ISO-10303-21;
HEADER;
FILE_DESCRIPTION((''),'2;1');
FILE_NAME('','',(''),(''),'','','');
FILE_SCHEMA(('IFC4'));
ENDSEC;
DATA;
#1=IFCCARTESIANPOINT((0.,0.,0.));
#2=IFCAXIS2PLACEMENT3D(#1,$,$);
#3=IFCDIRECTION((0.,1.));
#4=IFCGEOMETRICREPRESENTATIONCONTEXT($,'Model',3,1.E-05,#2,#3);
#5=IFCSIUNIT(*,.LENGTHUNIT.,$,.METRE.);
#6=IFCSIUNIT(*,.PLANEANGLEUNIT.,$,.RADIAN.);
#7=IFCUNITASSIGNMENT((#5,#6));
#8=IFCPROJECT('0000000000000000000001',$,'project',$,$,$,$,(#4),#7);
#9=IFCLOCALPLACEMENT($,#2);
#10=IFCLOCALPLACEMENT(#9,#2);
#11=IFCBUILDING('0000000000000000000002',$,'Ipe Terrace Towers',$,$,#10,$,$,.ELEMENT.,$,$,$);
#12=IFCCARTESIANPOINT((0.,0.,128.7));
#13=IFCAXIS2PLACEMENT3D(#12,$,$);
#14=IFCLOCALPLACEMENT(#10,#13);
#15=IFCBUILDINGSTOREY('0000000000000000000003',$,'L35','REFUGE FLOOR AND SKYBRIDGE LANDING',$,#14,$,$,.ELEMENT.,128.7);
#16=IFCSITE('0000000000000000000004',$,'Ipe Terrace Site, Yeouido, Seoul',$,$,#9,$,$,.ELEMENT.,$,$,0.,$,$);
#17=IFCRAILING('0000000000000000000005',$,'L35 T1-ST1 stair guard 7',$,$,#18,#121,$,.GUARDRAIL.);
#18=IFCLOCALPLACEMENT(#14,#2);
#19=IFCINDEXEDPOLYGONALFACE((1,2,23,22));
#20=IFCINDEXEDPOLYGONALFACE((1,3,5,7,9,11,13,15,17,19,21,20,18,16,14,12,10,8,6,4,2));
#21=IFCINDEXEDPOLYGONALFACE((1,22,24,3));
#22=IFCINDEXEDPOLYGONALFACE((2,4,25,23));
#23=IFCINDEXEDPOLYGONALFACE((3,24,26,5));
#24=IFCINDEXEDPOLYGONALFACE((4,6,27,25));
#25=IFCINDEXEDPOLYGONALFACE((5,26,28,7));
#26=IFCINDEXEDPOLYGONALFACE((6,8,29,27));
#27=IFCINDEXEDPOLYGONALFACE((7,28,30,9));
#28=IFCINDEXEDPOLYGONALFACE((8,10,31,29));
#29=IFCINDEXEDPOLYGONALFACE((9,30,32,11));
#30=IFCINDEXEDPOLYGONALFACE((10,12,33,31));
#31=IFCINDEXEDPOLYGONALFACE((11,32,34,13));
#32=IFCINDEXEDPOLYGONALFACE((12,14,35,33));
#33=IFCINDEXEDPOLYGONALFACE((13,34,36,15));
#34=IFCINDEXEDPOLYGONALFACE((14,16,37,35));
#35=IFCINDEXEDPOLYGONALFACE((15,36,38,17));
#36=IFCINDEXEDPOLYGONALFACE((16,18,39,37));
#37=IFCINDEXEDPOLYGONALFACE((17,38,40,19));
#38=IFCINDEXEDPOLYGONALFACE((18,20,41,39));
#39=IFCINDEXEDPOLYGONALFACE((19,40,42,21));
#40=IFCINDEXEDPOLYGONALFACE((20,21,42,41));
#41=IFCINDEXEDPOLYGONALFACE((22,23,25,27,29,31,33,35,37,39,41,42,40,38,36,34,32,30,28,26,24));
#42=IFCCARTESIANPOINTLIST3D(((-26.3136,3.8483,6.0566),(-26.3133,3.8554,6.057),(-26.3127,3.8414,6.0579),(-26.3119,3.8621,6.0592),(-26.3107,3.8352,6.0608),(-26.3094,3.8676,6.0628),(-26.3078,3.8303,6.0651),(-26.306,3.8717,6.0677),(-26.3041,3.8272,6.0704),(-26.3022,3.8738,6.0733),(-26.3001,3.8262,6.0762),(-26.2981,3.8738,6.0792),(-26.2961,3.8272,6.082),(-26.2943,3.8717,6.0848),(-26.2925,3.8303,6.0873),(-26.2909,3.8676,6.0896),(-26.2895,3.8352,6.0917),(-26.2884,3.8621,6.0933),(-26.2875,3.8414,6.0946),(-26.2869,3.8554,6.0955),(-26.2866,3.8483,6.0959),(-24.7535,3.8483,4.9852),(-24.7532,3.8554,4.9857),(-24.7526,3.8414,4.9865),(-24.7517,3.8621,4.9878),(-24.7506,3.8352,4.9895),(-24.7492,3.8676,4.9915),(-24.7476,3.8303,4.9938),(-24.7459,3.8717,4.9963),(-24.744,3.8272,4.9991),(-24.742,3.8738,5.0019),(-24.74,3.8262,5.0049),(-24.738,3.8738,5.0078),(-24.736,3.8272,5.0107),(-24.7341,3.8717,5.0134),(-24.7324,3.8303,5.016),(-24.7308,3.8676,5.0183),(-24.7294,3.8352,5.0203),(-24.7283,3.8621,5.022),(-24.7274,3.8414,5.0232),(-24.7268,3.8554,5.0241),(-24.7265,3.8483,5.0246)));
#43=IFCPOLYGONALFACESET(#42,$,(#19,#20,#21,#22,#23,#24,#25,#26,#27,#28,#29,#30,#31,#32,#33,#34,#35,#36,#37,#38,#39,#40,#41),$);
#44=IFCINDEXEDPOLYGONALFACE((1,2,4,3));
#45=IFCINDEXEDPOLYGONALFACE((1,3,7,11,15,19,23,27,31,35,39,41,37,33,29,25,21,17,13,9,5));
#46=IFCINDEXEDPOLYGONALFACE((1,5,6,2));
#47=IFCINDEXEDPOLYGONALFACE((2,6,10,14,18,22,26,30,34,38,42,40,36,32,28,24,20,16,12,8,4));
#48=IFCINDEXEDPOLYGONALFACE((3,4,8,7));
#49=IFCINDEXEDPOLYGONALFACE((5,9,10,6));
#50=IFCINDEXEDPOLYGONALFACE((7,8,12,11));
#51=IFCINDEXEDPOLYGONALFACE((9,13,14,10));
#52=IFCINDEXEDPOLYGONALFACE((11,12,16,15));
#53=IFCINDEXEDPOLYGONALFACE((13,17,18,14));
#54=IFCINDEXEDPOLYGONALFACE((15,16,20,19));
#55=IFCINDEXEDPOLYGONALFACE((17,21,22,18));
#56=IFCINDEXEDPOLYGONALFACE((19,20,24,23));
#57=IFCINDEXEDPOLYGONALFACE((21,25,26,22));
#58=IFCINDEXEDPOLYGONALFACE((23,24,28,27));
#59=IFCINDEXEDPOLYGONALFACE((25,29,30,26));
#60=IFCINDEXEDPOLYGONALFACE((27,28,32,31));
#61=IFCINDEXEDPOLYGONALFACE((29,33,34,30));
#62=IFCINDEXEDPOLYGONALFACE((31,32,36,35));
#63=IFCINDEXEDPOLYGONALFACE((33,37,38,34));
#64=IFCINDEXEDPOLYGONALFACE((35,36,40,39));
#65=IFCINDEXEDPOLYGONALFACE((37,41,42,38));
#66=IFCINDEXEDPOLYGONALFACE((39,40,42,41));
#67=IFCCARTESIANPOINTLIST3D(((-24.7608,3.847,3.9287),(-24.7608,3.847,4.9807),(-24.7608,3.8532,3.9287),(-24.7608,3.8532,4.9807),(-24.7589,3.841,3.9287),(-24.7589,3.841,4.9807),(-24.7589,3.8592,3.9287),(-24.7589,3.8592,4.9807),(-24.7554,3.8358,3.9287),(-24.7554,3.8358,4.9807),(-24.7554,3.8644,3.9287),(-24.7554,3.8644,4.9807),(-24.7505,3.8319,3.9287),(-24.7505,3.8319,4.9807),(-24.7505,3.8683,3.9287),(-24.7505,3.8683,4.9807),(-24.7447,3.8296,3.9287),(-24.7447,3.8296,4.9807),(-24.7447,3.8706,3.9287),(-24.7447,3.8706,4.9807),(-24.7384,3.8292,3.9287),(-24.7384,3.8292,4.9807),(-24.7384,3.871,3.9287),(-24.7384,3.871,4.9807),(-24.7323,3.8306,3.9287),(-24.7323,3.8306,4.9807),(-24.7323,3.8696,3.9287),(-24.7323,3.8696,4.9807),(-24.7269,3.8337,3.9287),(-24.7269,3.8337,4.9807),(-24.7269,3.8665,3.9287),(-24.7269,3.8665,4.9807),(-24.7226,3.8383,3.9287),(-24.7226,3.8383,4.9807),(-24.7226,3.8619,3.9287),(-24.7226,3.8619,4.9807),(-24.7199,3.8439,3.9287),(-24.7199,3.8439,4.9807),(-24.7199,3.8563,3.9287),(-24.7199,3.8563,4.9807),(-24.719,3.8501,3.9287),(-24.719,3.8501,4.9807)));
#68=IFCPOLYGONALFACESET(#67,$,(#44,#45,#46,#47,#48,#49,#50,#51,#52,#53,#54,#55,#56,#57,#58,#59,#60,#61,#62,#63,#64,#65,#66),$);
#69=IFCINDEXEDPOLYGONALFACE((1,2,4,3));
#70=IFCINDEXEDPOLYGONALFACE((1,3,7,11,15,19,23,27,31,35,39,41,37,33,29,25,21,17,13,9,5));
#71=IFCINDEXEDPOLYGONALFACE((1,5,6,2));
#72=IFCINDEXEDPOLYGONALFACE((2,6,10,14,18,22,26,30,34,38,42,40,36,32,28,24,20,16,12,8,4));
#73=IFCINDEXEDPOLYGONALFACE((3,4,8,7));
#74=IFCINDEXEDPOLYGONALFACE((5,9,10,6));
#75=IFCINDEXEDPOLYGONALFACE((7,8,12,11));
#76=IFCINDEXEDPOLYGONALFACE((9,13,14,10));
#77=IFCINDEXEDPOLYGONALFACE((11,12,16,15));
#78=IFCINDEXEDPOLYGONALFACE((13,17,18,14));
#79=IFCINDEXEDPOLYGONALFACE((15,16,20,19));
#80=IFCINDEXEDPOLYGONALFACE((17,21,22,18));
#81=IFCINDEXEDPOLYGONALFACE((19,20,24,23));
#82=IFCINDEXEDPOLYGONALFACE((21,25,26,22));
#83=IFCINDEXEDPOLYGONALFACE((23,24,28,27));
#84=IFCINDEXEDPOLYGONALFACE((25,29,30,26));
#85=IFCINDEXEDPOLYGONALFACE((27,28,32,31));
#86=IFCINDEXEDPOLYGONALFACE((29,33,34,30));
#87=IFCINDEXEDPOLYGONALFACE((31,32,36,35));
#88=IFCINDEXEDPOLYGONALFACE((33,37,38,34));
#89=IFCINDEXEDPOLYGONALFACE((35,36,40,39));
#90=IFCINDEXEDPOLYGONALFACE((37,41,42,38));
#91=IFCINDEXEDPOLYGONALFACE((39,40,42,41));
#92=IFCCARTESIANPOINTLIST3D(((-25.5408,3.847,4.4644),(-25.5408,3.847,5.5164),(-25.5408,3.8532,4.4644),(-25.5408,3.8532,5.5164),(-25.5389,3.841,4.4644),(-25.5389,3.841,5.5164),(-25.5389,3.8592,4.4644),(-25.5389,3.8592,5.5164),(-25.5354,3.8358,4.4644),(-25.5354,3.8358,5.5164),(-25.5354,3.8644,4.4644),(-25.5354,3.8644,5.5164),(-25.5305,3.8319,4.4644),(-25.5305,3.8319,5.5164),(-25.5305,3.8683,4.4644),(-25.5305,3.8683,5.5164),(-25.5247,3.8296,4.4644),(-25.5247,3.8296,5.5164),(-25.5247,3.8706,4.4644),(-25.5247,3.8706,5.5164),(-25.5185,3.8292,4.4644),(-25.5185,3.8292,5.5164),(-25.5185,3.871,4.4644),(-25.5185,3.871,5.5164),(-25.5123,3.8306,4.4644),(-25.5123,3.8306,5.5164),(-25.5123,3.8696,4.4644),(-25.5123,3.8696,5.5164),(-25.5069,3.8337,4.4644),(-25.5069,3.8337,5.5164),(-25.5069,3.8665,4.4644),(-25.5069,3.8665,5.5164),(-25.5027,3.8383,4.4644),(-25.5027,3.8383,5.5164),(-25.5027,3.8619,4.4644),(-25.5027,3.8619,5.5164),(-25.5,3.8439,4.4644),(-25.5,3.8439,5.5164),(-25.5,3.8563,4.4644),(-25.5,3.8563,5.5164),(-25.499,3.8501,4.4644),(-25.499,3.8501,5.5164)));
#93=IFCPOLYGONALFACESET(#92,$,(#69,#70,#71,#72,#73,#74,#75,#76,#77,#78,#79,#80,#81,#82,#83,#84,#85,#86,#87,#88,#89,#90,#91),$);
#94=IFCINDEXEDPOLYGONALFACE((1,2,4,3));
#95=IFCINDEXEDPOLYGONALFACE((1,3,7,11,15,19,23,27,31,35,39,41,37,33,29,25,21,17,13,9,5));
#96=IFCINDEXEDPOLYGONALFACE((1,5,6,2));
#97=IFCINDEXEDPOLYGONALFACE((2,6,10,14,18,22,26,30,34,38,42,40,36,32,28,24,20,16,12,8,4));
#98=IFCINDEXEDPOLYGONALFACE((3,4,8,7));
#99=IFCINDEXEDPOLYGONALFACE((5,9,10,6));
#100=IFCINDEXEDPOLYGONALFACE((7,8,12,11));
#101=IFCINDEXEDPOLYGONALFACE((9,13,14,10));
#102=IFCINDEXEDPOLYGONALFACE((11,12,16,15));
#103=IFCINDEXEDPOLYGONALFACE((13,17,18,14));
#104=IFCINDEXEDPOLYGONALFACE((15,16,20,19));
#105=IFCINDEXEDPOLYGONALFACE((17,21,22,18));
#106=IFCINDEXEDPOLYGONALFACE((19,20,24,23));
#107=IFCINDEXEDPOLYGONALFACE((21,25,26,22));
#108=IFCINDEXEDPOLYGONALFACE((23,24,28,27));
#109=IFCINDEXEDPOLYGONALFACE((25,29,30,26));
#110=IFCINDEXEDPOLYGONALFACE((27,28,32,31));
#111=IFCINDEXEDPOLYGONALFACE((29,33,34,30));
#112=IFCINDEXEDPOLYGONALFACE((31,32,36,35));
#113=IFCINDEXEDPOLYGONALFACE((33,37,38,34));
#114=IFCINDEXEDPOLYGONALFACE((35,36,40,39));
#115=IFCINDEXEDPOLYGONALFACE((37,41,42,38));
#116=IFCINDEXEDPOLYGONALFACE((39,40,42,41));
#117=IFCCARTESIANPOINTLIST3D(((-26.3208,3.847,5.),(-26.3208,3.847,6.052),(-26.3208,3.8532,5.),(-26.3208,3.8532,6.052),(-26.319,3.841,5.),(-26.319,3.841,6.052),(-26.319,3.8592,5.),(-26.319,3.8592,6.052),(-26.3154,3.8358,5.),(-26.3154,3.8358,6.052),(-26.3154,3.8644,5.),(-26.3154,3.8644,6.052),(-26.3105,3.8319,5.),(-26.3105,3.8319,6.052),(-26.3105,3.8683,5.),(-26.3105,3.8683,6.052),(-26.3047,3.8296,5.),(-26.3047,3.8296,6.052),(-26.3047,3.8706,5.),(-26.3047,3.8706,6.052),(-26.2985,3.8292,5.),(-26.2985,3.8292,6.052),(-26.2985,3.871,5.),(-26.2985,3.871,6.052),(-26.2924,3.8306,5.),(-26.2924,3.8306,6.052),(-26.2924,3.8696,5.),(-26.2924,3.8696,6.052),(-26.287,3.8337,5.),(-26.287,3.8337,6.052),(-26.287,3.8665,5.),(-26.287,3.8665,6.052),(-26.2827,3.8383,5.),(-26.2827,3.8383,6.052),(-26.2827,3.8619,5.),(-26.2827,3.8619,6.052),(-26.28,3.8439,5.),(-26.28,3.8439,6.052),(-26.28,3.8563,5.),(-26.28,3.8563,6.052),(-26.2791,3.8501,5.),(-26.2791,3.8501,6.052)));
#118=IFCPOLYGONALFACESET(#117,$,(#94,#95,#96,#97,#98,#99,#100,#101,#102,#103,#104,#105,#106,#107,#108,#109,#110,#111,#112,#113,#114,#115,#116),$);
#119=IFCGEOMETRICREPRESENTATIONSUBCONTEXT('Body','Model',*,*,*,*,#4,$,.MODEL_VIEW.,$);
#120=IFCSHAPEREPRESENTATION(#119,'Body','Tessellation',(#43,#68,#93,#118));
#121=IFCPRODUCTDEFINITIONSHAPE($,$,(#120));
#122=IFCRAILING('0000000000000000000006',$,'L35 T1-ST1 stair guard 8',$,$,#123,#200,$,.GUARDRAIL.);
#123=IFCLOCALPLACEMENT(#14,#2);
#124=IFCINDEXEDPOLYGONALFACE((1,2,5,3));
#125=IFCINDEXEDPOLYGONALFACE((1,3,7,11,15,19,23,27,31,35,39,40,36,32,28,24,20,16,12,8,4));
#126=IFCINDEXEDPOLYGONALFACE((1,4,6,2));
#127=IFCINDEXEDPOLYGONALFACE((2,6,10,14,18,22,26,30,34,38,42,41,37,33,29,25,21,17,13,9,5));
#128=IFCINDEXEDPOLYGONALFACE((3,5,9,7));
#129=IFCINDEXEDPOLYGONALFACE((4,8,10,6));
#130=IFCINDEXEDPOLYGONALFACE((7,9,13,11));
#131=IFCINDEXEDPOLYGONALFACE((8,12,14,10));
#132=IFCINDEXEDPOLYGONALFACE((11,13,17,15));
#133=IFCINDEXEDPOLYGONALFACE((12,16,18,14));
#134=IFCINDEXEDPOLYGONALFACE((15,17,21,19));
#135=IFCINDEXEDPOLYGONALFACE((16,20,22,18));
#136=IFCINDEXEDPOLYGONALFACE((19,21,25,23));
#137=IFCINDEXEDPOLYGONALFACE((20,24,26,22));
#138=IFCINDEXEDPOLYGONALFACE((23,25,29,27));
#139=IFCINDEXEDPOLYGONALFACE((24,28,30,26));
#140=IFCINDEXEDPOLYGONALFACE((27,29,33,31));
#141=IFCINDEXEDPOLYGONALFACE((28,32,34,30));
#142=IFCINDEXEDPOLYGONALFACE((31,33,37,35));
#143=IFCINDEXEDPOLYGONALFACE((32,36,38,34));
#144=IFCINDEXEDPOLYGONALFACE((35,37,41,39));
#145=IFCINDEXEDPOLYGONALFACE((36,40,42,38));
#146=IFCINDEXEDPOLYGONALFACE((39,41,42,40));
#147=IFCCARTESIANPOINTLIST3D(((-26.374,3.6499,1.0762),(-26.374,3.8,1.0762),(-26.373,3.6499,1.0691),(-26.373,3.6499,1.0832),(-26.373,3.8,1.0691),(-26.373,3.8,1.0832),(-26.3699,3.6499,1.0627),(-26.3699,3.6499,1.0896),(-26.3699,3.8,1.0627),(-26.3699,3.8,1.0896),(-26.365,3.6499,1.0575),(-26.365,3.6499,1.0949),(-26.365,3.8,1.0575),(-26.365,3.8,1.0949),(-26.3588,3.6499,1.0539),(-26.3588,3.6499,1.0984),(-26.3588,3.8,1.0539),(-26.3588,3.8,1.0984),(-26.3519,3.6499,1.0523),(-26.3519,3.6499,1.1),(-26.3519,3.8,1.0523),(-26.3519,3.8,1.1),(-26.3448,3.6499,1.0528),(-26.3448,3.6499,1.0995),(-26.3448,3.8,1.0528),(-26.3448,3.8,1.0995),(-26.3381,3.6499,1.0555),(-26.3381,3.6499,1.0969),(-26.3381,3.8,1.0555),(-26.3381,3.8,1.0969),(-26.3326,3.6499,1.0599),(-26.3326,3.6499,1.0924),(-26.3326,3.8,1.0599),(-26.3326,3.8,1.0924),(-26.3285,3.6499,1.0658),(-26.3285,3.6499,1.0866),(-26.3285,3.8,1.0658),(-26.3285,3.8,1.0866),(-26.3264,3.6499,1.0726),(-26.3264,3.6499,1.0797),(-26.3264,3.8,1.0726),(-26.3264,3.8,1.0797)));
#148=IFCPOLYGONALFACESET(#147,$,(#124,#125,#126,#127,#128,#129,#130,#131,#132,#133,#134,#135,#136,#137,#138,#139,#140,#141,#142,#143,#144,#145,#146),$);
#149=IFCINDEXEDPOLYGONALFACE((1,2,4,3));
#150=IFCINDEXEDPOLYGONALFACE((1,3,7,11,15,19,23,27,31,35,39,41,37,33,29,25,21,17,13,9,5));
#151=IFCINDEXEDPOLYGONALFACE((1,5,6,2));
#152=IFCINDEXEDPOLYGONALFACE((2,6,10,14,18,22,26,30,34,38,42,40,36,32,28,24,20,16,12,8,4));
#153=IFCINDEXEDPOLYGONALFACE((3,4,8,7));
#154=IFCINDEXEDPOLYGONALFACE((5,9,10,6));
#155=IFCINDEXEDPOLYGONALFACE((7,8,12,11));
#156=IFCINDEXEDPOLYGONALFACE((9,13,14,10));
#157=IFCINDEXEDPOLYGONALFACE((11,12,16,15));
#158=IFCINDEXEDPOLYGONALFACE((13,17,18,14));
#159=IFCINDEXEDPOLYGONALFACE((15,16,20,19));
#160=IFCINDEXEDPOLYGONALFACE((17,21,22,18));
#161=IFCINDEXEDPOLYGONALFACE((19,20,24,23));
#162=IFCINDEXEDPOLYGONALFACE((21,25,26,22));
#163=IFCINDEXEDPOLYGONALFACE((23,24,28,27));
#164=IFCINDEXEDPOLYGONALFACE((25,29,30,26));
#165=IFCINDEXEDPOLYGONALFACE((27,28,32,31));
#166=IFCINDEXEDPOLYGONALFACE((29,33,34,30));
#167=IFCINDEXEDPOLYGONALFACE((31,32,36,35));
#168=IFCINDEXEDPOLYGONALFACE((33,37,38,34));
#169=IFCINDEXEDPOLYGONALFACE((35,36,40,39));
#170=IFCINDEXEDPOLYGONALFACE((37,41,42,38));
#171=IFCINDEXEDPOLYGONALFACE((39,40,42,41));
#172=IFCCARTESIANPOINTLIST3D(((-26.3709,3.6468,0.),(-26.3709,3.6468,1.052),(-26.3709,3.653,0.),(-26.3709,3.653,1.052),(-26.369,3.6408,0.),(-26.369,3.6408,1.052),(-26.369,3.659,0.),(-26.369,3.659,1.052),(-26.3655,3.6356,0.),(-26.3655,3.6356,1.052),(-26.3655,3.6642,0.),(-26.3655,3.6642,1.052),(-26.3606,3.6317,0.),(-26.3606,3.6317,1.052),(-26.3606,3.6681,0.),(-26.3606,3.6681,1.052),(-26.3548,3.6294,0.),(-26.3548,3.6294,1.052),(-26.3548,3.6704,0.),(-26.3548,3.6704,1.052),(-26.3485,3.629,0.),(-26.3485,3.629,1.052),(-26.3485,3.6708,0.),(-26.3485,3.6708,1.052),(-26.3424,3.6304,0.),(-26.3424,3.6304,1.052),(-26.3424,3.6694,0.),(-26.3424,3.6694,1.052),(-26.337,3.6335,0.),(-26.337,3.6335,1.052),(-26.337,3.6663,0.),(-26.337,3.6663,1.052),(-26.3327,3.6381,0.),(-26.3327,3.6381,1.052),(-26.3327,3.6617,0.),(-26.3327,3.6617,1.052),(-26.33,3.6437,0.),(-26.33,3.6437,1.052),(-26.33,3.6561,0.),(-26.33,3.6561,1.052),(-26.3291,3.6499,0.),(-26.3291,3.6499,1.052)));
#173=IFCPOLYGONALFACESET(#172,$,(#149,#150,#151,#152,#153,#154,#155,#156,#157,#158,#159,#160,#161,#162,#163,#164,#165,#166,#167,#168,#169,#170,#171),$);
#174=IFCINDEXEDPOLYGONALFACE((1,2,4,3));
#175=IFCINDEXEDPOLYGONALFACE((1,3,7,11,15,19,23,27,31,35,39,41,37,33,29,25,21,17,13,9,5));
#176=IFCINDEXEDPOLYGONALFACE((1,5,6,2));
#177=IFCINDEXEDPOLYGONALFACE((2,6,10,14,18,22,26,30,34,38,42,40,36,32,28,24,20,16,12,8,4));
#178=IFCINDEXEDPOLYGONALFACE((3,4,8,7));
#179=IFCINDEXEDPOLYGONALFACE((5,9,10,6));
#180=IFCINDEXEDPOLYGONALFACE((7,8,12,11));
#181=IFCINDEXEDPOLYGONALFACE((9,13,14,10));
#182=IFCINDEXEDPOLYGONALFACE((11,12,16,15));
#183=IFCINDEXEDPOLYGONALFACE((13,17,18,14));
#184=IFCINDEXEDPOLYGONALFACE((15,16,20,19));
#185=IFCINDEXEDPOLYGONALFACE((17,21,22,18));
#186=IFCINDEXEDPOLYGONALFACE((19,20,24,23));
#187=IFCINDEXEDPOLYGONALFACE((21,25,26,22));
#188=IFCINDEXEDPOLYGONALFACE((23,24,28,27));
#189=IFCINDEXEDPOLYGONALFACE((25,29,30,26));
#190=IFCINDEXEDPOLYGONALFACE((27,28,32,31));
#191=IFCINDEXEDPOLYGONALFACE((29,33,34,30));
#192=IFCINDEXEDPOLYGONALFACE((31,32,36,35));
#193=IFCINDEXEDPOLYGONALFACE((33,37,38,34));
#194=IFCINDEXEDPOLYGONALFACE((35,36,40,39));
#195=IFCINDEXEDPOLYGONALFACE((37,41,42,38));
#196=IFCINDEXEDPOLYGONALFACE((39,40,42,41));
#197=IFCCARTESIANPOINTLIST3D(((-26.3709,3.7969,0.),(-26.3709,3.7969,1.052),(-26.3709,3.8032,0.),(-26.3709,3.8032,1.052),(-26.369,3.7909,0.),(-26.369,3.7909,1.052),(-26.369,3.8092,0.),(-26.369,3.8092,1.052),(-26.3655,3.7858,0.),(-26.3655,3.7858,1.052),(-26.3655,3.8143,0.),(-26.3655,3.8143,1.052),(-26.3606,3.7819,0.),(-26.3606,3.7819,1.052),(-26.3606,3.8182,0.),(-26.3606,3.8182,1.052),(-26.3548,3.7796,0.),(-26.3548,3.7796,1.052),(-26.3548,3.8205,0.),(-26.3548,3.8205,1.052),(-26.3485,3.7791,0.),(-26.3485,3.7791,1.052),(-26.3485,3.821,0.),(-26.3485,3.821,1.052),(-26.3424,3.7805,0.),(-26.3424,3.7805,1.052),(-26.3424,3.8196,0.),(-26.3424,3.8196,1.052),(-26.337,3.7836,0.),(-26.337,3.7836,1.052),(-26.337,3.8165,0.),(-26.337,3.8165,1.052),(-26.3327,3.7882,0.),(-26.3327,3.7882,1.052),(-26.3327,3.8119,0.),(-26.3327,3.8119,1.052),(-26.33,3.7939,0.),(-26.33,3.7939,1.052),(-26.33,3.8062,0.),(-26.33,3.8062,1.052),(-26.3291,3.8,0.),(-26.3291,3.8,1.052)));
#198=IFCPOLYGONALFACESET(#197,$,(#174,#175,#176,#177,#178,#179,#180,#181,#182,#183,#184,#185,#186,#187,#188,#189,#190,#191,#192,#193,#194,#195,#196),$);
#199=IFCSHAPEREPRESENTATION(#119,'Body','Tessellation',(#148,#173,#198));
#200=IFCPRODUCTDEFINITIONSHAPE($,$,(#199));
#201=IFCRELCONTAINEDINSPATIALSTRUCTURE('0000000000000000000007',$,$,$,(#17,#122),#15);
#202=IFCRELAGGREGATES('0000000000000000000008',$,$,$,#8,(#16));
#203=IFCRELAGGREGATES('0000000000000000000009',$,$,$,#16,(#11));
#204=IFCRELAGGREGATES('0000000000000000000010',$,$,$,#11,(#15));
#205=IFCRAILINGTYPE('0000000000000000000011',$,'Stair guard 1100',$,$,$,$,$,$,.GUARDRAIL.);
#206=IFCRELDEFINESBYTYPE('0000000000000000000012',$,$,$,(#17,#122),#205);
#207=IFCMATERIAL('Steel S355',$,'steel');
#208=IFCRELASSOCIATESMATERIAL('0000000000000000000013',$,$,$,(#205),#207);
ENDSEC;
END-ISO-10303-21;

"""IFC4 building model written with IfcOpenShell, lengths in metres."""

from ifc_helpers import new_model, si_unit, direction, frame, origin, origin_2d, place, context, subcontext, project, spatial, circle, extrude, material, type_object, element, save


model = new_model("IFC4")

# Units and contexts
model_context = context("Model", 3, precision=1e-05, world=origin(), true_north=direction((0.0, 1.0)))
body_context = subcontext(model_context, "Body", "Model", "MODEL_VIEW")
ifc_project = project(units=[si_unit("LENGTHUNIT", "METRE"), si_unit("PLANEANGLEUNIT", "RADIAN")], contexts=[model_context])

# Site, building, storey
site_placement = place(None, origin())
site = spatial("IfcSite", under=ifc_project, at=site_placement, Name="Ipe Terrace Site, Yeouido, Seoul", CompositionType="ELEMENT", RefElevation=0.0)
building_placement = place(site_placement, origin())
building = spatial("IfcBuilding", under=site, at=building_placement, Name="Ipe Terrace Towers", CompositionType="ELEMENT")
storey_placement = place(building_placement, frame((0.0, 0.0, 128.7)))
storey = spatial("IfcBuildingStorey", under=building, at=storey_placement, Name="L35", Description="REFUGE FLOOR AND SKYBRIDGE LANDING", CompositionType="ELEMENT", Elevation=128.7)

# Railings
ifc_material_1 = material(Name="Steel S355", Category="steel")
railing_type_1 = type_object("IfcRailingType", Name="Stair guard 1100", PredefinedType="GUARDRAIL", material=ifc_material_1)
railing_1_placement = place(storey_placement, frame((-24.74, 3.8501, 3.9287)))
element("IfcRailing", 1, at=railing_1_placement, inside=storey, type_object=railing_type_1, Name="L35 T1-ST1 stair guard 7", PredefinedType="GUARDRAIL", context=body_context, shape_type="SweptSolid", body=[
    extrude(circle(Radius=0.0239, at=origin_2d()), frame((0.0, 0.0, 1.0762), z_axis=(-0.82435, 0.0, 0.56608), x_axis=(0.0, -1.0, 0.0)), (0.0, 0.0, 1.0), 1.8926),
    extrude(circle(Radius=0.021, at=origin_2d()), origin(), (0.0, 0.0, 1.0), 1.052),
    extrude(circle(Radius=0.021, at=origin_2d()), frame((-0.78, 0.0, 0.5356)), (0.0, 0.0, 1.0), 1.052),
    extrude(circle(Radius=0.021, at=origin_2d()), frame((-1.5601, 0.0, 1.0713)), (0.0, 0.0, 1.0), 1.052),
])
railing_2_placement = place(storey_placement, frame((-26.3501, 3.6499, 0.0)))
element("IfcRailing", 2, at=railing_2_placement, inside=storey, type_object=railing_type_1, Name="L35 T1-ST1 stair guard 8", PredefinedType="GUARDRAIL", context=body_context, shape_type="SweptSolid", body=[
    extrude(circle(Radius=0.0239, at=origin_2d()), frame((0.0, 0.0, 1.0762), z_axis=(0.0, 1.0, 0.0), x_axis=(-1.0, 0.0, 0.0)), (0.0, 0.0, 1.0), 0.1501),
    extrude(circle(Radius=0.021, at=origin_2d()), origin(), (0.0, 0.0, 1.0), 1.052),
    extrude(circle(Radius=0.021, at=origin_2d()), frame((0.0, 0.1501, 0.0)), (0.0, 0.0, 1.0), 1.052),
])

save(model, "model.ifc")
